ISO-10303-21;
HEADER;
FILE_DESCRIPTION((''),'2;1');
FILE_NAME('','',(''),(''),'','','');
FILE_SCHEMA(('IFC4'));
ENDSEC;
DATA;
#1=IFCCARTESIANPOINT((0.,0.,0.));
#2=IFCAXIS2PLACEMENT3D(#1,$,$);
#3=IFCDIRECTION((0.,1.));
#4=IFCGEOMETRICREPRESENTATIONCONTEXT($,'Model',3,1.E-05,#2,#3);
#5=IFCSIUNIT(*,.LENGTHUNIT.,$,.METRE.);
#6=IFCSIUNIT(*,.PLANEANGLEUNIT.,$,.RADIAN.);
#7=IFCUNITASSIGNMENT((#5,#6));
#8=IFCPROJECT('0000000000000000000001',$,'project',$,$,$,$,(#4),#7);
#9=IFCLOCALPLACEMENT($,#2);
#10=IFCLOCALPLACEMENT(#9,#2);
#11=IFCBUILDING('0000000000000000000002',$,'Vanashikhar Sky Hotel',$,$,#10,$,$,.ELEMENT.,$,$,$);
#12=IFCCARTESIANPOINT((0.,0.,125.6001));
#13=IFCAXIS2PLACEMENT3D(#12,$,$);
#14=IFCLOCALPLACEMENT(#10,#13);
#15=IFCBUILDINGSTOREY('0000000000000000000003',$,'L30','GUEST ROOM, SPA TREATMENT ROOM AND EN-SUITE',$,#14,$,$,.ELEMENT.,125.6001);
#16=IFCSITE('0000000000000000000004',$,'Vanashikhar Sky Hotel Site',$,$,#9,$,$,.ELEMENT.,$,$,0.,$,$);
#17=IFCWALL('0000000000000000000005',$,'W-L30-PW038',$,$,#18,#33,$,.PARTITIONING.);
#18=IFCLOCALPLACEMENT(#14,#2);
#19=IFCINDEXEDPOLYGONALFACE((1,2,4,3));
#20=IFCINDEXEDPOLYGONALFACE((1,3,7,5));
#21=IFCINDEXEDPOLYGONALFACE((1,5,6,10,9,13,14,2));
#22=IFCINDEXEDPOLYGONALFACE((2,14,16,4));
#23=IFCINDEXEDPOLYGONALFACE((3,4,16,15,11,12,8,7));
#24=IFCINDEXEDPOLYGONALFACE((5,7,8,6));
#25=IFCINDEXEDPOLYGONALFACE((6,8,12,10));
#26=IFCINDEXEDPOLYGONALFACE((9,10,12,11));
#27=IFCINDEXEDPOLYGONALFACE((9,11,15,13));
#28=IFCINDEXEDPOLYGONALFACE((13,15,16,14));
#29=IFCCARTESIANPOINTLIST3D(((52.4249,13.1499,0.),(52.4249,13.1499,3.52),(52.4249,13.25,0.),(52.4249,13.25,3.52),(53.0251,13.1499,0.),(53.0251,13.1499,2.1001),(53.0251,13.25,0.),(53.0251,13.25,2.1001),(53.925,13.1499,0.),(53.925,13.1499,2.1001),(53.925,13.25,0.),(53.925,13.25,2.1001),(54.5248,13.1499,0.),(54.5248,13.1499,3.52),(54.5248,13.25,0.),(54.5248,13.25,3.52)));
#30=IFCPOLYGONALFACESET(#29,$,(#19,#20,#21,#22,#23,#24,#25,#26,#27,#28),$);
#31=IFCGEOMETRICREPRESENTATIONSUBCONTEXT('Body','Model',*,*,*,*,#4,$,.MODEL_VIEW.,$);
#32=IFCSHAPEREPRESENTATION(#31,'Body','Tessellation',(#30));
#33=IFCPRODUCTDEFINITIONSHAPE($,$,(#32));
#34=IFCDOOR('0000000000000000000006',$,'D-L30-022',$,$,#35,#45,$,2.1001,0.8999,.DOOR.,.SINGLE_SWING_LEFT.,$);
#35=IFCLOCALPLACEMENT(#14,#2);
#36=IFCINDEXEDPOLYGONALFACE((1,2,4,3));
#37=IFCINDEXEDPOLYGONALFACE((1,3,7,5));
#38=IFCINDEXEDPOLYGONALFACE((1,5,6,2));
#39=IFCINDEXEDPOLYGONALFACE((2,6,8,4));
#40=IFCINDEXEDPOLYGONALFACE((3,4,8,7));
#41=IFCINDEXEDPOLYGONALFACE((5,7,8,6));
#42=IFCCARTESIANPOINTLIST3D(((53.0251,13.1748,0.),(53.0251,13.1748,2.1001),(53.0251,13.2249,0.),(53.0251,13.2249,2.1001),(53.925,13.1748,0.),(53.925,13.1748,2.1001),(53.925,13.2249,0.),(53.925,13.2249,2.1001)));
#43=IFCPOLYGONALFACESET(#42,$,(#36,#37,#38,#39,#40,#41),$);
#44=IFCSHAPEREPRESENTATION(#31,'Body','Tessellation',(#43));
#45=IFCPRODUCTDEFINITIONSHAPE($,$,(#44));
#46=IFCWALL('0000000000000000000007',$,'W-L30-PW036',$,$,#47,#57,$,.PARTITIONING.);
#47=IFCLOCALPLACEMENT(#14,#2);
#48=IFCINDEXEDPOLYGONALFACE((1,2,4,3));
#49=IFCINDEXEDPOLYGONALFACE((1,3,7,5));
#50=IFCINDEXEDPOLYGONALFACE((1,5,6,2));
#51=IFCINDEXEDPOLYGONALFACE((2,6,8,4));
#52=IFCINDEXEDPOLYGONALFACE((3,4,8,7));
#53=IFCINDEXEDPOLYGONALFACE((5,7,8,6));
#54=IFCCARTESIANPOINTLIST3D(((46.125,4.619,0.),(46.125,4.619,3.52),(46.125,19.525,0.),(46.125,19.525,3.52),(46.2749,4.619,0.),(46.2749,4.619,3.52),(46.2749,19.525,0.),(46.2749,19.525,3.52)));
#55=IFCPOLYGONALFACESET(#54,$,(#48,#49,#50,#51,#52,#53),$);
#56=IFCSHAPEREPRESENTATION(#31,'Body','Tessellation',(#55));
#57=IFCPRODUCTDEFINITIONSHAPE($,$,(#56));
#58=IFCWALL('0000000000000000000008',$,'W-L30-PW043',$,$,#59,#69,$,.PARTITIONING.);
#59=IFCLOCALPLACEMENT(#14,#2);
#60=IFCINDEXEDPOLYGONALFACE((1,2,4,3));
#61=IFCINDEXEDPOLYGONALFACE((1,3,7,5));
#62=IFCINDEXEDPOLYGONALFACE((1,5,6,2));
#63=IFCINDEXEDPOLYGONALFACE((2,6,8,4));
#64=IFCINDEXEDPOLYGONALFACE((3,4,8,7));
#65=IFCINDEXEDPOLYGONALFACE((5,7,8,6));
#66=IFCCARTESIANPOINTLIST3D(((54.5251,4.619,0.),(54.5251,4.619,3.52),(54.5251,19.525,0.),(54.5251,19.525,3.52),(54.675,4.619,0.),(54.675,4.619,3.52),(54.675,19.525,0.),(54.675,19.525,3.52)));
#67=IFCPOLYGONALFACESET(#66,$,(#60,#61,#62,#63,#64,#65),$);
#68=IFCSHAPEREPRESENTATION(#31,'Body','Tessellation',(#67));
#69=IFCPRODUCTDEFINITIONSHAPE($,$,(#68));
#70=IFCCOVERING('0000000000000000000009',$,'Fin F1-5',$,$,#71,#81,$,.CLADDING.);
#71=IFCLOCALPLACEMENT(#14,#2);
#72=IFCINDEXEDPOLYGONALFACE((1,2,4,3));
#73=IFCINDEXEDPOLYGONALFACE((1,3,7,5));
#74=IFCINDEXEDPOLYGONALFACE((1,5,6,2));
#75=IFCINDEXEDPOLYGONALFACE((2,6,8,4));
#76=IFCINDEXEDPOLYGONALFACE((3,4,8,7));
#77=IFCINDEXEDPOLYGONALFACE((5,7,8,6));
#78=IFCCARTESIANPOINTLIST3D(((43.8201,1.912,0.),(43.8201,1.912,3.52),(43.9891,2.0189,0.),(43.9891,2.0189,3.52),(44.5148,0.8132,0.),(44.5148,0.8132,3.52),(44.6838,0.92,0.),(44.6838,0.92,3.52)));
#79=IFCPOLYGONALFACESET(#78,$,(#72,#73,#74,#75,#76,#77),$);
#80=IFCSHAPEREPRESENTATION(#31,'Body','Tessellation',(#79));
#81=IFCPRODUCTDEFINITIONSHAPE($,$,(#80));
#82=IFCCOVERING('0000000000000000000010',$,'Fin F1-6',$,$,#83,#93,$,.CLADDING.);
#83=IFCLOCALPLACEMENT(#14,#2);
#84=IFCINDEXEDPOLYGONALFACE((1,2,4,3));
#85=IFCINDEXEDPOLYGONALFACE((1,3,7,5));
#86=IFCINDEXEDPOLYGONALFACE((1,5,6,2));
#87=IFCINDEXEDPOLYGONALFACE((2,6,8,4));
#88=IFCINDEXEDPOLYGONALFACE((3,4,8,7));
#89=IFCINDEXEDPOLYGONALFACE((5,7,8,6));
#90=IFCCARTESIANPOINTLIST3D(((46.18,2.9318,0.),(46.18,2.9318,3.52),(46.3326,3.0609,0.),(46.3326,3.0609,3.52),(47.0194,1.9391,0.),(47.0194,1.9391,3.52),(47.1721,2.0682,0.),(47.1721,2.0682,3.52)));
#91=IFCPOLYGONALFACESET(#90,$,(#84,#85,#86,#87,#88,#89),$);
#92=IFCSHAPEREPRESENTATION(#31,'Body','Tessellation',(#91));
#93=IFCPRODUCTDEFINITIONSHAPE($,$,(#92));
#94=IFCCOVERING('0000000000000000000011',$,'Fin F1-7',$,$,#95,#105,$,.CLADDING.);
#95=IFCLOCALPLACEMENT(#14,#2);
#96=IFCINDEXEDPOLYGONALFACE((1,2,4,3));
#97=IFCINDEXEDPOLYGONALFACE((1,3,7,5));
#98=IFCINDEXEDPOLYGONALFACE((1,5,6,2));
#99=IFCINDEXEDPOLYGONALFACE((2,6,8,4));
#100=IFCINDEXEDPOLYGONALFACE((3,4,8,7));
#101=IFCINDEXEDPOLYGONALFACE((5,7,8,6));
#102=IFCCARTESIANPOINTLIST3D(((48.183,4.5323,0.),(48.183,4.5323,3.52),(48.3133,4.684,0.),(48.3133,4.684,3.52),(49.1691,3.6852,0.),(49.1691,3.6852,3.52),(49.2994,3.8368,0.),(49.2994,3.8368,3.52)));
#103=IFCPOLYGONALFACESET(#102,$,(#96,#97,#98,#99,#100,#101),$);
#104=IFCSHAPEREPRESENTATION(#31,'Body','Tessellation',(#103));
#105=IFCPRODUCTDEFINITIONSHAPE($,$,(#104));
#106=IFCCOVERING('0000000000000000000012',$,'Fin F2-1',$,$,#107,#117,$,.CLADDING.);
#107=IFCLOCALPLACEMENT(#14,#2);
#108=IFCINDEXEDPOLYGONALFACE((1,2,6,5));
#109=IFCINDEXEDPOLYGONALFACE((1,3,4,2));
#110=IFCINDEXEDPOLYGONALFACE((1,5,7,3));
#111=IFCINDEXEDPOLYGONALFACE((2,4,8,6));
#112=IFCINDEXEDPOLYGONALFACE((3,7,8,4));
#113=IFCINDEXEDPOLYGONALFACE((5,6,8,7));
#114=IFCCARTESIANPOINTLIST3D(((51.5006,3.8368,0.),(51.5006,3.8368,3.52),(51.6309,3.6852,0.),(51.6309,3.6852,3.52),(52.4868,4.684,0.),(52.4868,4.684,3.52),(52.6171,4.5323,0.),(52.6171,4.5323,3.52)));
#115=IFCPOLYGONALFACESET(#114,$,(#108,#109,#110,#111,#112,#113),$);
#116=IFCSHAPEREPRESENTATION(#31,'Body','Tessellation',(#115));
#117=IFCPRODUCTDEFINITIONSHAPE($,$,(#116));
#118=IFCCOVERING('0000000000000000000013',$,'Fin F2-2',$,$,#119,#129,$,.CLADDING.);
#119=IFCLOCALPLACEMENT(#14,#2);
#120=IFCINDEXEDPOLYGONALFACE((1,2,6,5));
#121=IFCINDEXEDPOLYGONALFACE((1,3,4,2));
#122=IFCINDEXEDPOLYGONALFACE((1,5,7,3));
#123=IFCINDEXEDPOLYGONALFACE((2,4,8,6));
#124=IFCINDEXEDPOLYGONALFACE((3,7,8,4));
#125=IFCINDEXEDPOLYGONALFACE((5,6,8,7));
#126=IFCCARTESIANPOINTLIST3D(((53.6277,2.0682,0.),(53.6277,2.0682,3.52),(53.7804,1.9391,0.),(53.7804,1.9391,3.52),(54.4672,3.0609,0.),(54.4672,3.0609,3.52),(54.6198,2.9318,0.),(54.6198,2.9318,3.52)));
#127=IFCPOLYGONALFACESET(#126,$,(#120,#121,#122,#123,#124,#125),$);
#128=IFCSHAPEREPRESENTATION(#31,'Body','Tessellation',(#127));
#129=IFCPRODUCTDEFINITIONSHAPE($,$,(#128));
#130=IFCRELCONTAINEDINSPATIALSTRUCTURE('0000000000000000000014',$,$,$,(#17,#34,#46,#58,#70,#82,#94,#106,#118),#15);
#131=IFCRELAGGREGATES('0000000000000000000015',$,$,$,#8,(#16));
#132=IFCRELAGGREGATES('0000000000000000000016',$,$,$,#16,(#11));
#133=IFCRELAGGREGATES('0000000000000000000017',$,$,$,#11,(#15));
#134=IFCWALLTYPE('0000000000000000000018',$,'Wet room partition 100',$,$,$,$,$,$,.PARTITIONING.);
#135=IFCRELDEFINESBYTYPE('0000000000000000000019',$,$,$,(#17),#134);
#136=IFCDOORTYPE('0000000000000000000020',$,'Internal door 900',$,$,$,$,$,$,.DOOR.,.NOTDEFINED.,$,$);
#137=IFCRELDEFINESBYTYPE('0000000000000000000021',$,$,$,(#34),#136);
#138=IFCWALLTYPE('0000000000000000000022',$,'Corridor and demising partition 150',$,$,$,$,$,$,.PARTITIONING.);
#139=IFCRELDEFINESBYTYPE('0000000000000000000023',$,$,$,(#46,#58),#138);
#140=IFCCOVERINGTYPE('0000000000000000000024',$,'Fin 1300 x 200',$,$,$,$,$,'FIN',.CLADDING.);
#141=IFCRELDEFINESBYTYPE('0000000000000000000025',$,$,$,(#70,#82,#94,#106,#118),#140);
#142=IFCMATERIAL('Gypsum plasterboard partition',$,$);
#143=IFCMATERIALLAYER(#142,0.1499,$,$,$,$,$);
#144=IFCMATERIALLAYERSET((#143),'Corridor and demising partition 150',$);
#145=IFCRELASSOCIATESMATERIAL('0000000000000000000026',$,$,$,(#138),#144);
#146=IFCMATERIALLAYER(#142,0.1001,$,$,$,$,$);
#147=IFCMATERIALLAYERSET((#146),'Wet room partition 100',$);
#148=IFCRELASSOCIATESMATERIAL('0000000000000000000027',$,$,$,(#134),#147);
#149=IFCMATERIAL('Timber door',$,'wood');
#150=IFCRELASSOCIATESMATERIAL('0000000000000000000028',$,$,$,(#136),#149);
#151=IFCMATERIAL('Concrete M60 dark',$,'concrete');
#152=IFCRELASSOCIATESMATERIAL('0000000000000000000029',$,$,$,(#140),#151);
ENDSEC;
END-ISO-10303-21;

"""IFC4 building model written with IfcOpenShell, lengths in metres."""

from ifc_helpers import new_model, si_unit, direction, frame, frame_2d, origin, origin_2d, place, context, subcontext, project, spatial, rectangle, extrude, source, transform, mapped, material, layer, layer_set, material_profile, profile_set, type_object, element, fill, save


model = new_model("IFC4")

# Units and contexts
model_context = context("Model", 3, precision=1e-05, world=origin(), true_north=direction((0.0, 1.0)))
body_context = subcontext(model_context, "Body", "Model", "MODEL_VIEW")
ifc_project = project(units=[si_unit("LENGTHUNIT", "METRE"), si_unit("PLANEANGLEUNIT", "RADIAN")], contexts=[model_context])

# Site, building, storey
site_placement = place(None, origin())
site = spatial("IfcSite", under=ifc_project, at=site_placement, Name="Vanashikhar Sky Hotel Site", CompositionType="ELEMENT", RefElevation=0.0)
building_placement = place(site_placement, origin())
building = spatial("IfcBuilding", under=site, at=building_placement, Name="Vanashikhar Sky Hotel", CompositionType="ELEMENT")
storey_placement = place(building_placement, frame((0.0, 0.0, 125.6001)))
storey = spatial("IfcBuildingStorey", under=building, at=storey_placement, Name="L30", Description="GUEST ROOM, SPA TREATMENT ROOM AND EN-SUITE", CompositionType="ELEMENT", Elevation=125.6001)

# Shared definitions
ifc_material_1 = material(Name="Gypsum plasterboard partition")
ifc_layer_1 = layer(ifc_material_1, 0.1499)
ifc_layer_set_1 = layer_set([ifc_layer_1], Name="Corridor and demising partition 150")
wall_type_1 = type_object("IfcWallType", Name="Corridor and demising partition 150", PredefinedType="PARTITIONING", material=ifc_layer_set_1)
ifc_layer_2 = layer(ifc_material_1, 0.1001)
ifc_layer_set_2 = layer_set([ifc_layer_2], Name="Wet room partition 100")
wall_type_2 = type_object("IfcWallType", Name="Wet room partition 100", PredefinedType="PARTITIONING", material=ifc_layer_set_2)

# Wall, opening, door
shared_shape_1 = source(origin(), body_context, "Body", "SweptSolid", [
    extrude(rectangle(XDim=0.8999, YDim=2.1001, at=frame_2d((0.45, 1.05))), frame((0.0, 0.0601, 0.0), z_axis=(0.0, -1.0, 0.0), x_axis=(1.0, 0.0, 0.0)), (0.0, 0.0, 1.0), 0.1201),
])
ifc_material_2 = material(Name="Timber door", Category="wood")
door_type = type_object("IfcDoorType", Name="Internal door 900", OperationType="NOTDEFINED", PredefinedType="DOOR", material=ifc_material_2)
shared_shape_2 = source(origin(), body_context, "Body", "SweptSolid", [
    extrude(rectangle(XDim=0.8999, YDim=2.1001, at=frame_2d((0.45, 1.05))), frame((0.0, 0.0249, 0.0), z_axis=(0.0, -1.0, 0.0), x_axis=(1.0, 0.0, 0.0)), (0.0, 0.0, 1.0), 0.05),
])
shared_shape_3 = source(origin(), body_context, "Body", "SweptSolid", [
    extrude(rectangle(XDim=2.0999, YDim=0.1001, at=frame_2d((1.0498, 0.0))), origin(), (0.0, 0.0, 1.0), 3.52),
])
wall_1_placement = place(storey_placement, frame((52.425, 13.2, 0.0), z_axis=(0.0, 0.0, 1.0), x_axis=(1.0, 0.0, 0.0)))
wall_1 = element("IfcWall", 1, at=wall_1_placement, inside=storey, type_object=wall_type_2, Name="W-L30-PW038", PredefinedType="PARTITIONING", context=body_context, shape_type="MappedRepresentation", body=[
    mapped(shared_shape_3, transform((0.0, 0.0, 0.0), scale=1.0)),
])
opening_1_placement = place(wall_1_placement, frame((0.6001, 0.0, 0.0)))
opening_1 = element("IfcOpeningElement", 2, at=opening_1_placement, cuts=wall_1, PredefinedType="OPENING", context=body_context, shape_type="MappedRepresentation", body=[
    mapped(shared_shape_1, transform((0.0, 0.0, 0.0), scale=1.0)),
])
door_1_placement = place(opening_1_placement, origin())
door_1 = element("IfcDoor", 3, at=door_1_placement, inside=storey, type_object=door_type, Name="D-L30-022", OperationType="SINGLE_SWING_LEFT", OverallHeight=2.1001, OverallWidth=0.8999, PredefinedType="DOOR", context=body_context, shape_type="MappedRepresentation", body=[
    mapped(shared_shape_2, transform((0.0, 0.0, 0.0), scale=1.0)),
])
fill(opening_1, door_1)

# Walls
shared_shape_4 = source(origin(), body_context, "Body", "SweptSolid", [
    extrude(rectangle(XDim=14.906, YDim=0.1499, at=frame_2d((7.4531, 0.0))), origin(), (0.0, 0.0, 1.0), 3.52),
])
for number, where, z_axis, x_axis, name in (
    (4, (46.2, 4.6189, 0.0), (0.0, 0.0, 1.0), (0.0, 1.0, 0.0), "W-L30-PW036"),
    (5, (54.6001, 4.6189, 0.0), (0.0, 0.0, 1.0), (0.0, 1.0, 0.0), "W-L30-PW043"),
):
    element("IfcWall", number, at=place(storey_placement, frame(where, z_axis=z_axis, x_axis=x_axis)), inside=storey, type_object=wall_type_1, Name=name, PredefinedType="PARTITIONING", context=body_context, shape_type="MappedRepresentation", body=[
        mapped(shared_shape_4, transform((0.0, 0.0, 0.0), scale=1.0)),
    ])

# Coverings
ifc_material_3 = material(Name="Concrete M60 dark", Category="concrete")
ifc_material_profile = material_profile(ifc_material_3, rectangle(XDim=1.3, YDim=0.2, at=origin_2d()))
ifc_profile_set = profile_set([ifc_material_profile], Name="Fin 1300 x 200")
covering_type = type_object("IfcCoveringType", Name="Fin 1300 x 200", ElementType="FIN", PredefinedType="CLADDING", material=ifc_profile_set)
shared_shape_5 = source(origin(), body_context, "Body", "SweptSolid", [
    extrude(rectangle(XDim=1.3, YDim=0.2, at=origin_2d()), origin(), (0.0, 0.0, 1.0), 3.52),
])
for number, where, z_axis, x_axis, name in (
    (6, (44.252, 1.416, 0.0), (0.0, 0.0, 1.0), (0.534411, -0.845225, 0.0), "Fin F1-5"),
    (7, (46.676, 2.5, 0.0), (0.0, 0.0, 1.0), (0.645698, -0.763593, 0.0), "Fin F1-6"),
    (8, (48.7412, 4.1846, 0.0), (0.0, 0.0, 1.0), (0.758544, -0.651622, 0.0), "Fin F1-7"),
    (9, (52.0588, 4.1846, 0.0), (0.0, 0.0, 1.0), (-0.758544, -0.651622, 0.0), "Fin F2-1"),
    (10, (54.1238, 2.5, 0.0), (0.0, 0.0, 1.0), (-0.645698, -0.763593, 0.0), "Fin F2-2"),
):
    element("IfcCovering", number, at=place(storey_placement, frame(where, z_axis=z_axis, x_axis=x_axis)), inside=storey, type_object=covering_type, Name=name, PredefinedType="CLADDING", context=body_context, shape_type="MappedRepresentation", body=[
        mapped(shared_shape_5, transform((0.0, 0.0, 0.0), scale=1.0)),
    ])

save(model, "model.ifc")
